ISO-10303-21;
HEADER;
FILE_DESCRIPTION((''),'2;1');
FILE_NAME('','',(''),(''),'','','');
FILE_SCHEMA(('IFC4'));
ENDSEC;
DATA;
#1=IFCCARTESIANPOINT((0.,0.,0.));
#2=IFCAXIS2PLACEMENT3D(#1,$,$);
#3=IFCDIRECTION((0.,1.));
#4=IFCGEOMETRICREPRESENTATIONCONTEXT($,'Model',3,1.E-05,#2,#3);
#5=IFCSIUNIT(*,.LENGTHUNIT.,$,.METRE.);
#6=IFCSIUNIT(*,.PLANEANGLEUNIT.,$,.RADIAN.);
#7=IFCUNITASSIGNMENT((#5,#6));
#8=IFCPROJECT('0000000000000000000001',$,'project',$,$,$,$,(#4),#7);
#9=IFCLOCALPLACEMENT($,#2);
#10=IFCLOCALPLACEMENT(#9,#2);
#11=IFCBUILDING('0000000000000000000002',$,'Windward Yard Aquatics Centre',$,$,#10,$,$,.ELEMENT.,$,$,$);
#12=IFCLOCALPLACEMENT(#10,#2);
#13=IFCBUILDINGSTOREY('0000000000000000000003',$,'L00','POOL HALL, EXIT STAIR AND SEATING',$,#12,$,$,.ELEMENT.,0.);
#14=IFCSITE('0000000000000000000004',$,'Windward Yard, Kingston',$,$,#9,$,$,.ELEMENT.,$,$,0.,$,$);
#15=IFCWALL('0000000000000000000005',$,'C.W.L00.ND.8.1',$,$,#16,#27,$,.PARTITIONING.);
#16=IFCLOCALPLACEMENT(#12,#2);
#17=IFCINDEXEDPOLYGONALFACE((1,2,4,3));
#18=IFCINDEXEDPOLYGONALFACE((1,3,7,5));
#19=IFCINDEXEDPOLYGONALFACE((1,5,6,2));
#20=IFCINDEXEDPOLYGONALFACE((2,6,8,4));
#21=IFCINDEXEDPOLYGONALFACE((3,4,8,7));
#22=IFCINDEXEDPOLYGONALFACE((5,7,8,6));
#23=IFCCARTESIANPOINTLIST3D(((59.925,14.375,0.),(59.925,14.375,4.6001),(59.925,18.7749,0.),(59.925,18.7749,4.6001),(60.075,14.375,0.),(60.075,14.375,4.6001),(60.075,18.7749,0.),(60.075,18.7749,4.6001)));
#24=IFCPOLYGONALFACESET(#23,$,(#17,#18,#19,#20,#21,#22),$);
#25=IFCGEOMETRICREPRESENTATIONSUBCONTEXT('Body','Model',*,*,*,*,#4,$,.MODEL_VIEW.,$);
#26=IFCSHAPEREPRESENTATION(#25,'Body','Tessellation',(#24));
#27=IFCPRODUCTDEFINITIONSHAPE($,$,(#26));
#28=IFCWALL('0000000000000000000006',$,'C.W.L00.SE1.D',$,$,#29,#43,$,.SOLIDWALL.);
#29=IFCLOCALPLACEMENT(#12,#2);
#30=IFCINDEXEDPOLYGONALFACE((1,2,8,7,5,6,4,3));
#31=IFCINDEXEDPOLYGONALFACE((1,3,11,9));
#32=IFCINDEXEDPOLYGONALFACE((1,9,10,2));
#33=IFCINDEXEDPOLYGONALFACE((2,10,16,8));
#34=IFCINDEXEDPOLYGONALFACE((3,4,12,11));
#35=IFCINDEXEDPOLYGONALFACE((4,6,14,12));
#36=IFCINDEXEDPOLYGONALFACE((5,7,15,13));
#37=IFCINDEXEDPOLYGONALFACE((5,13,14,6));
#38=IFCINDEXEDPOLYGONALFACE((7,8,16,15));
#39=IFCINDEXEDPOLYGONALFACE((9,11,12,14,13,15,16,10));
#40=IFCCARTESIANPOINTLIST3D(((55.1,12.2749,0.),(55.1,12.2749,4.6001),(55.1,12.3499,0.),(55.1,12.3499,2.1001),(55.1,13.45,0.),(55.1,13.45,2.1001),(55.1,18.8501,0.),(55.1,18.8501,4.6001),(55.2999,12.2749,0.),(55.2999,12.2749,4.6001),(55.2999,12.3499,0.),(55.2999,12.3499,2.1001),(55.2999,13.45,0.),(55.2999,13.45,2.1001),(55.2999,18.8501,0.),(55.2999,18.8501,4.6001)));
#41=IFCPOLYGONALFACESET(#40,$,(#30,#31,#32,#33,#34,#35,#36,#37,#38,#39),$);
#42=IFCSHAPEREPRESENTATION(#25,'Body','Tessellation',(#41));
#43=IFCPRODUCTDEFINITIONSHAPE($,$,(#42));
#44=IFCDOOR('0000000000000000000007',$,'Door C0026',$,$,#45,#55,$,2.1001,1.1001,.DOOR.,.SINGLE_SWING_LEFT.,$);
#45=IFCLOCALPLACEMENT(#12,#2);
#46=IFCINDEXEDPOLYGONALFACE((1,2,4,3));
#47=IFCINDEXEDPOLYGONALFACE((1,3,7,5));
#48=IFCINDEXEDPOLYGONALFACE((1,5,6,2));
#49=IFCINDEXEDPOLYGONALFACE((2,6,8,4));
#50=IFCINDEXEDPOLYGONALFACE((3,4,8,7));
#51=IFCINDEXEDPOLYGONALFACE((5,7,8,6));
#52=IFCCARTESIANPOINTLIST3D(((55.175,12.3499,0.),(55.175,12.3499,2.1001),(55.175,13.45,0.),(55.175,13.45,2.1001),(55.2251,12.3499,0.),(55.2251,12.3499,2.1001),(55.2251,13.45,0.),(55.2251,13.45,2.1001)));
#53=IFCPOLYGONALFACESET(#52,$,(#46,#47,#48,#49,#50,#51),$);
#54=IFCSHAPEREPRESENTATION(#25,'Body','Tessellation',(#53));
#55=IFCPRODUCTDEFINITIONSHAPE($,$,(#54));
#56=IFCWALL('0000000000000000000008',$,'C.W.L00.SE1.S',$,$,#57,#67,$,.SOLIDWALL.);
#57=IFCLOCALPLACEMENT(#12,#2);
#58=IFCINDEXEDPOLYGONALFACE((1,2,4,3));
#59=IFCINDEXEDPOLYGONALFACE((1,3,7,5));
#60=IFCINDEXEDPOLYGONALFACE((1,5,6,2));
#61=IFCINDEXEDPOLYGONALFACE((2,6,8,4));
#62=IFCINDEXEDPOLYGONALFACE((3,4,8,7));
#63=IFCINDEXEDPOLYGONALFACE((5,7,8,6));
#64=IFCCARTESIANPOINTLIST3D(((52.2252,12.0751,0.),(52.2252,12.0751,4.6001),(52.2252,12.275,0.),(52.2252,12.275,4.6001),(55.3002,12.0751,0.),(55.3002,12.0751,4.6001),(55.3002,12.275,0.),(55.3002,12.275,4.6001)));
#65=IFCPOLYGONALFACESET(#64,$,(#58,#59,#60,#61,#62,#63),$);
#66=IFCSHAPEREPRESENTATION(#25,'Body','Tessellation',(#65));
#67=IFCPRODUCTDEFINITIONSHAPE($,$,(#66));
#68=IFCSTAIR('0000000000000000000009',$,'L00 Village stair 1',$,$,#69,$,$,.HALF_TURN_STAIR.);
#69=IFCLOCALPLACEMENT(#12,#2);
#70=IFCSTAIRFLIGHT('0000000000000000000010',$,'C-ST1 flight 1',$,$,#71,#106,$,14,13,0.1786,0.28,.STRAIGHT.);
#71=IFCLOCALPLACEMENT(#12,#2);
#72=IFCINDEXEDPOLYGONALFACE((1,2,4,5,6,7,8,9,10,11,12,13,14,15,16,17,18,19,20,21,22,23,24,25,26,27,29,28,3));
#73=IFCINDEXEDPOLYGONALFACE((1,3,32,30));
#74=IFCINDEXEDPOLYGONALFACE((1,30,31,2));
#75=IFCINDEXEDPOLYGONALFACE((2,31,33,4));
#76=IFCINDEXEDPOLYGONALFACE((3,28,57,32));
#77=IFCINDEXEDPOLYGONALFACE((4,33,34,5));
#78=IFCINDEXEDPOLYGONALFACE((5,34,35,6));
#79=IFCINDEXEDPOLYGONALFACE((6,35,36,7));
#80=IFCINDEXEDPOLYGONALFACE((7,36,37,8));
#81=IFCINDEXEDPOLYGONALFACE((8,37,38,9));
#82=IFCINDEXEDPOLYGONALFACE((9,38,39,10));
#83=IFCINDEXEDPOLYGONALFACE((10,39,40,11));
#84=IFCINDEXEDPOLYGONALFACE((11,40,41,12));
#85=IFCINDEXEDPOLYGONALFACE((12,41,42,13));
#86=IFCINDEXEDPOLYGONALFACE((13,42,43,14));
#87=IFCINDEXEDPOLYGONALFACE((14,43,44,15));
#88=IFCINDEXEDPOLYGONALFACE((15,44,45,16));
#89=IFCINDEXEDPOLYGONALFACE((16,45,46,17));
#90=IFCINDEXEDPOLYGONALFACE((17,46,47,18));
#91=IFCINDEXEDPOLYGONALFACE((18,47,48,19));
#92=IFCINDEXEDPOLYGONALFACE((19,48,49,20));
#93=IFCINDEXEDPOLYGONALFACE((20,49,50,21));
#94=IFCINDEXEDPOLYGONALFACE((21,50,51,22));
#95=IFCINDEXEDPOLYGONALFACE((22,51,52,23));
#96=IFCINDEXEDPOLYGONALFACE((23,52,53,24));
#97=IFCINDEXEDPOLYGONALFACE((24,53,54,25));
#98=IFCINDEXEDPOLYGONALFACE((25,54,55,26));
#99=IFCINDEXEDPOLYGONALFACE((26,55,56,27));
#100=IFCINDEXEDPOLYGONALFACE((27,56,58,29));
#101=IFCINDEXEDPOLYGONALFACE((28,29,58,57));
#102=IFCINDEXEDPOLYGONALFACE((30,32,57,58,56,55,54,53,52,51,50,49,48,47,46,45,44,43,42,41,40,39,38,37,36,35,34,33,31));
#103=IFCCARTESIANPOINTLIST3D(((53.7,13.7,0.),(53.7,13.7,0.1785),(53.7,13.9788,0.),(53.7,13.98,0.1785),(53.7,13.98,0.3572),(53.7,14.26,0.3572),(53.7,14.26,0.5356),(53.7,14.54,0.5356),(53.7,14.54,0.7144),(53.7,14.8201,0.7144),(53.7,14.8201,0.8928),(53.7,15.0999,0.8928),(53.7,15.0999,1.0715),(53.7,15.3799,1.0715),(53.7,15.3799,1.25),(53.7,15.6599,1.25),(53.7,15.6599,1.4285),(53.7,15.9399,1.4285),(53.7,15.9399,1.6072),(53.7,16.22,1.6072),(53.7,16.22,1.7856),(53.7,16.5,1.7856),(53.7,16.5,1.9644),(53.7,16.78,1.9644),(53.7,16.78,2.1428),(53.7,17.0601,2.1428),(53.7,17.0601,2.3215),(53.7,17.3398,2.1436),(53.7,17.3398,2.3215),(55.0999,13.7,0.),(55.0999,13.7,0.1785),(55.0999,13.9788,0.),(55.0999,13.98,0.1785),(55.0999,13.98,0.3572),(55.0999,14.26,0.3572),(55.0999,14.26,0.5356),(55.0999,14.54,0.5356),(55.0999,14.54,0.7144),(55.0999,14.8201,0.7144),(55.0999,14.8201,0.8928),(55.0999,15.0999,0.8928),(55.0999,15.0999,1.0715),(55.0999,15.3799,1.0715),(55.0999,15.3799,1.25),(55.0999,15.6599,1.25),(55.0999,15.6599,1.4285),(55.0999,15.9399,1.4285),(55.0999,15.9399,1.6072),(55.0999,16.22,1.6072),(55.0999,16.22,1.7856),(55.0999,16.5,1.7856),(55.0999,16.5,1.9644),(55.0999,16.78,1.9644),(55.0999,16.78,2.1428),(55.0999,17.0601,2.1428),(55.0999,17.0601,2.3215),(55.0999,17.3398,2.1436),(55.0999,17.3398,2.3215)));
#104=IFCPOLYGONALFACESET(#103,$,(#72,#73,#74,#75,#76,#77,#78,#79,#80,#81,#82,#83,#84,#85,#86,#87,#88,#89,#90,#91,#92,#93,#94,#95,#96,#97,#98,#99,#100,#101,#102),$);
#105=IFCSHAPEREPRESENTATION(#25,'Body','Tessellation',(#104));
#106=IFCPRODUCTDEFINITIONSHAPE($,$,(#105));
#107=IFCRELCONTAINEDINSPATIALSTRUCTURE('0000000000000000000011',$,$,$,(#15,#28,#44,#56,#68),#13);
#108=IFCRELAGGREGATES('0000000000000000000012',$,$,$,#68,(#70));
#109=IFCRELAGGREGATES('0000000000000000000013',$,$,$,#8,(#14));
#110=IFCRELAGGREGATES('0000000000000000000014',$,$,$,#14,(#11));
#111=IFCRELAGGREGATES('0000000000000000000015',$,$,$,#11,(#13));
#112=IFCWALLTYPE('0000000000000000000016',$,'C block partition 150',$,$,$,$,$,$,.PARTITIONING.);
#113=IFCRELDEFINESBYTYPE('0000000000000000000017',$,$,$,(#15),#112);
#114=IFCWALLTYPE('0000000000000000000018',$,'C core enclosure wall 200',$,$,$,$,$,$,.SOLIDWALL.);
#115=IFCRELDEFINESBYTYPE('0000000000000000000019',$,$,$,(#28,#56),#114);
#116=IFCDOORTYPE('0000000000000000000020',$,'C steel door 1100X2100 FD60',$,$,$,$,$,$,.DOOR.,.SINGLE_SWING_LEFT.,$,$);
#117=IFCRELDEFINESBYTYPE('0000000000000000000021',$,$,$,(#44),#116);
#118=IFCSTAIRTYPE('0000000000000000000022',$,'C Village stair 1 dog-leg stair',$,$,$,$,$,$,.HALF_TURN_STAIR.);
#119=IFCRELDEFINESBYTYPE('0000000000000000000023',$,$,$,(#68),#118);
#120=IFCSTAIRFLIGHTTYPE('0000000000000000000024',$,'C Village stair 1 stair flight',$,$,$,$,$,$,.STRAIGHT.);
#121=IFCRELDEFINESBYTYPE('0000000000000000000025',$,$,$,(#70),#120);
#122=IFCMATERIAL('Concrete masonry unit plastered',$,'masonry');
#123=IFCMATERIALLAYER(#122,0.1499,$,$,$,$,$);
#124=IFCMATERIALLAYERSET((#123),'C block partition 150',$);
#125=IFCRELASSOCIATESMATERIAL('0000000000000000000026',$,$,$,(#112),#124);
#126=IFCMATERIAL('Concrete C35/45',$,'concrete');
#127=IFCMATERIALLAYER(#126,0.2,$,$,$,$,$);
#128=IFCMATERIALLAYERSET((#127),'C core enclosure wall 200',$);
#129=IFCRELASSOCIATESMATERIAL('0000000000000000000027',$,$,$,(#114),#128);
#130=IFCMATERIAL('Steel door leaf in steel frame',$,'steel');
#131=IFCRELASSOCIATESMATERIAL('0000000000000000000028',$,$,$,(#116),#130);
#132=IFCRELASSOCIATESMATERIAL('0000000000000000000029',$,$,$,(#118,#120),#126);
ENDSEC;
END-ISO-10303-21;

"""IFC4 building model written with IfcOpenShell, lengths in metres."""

from ifc_helpers import new_model, si_unit, direction, frame, frame_2d, origin, place, context, subcontext, project, spatial, polyline, rectangle, outline, extrude, material, layer, layer_set, type_object, element, fill, aggregate, save


model = new_model("IFC4")

# Units and contexts
model_context = context("Model", 3, precision=1e-05, world=origin(), true_north=direction((0.0, 1.0)))
body_context = subcontext(model_context, "Body", "Model", "MODEL_VIEW")
ifc_project = project(units=[si_unit("LENGTHUNIT", "METRE"), si_unit("PLANEANGLEUNIT", "RADIAN")], contexts=[model_context])

# Site, building, storey
site_placement = place(None, origin())
site = spatial("IfcSite", under=ifc_project, at=site_placement, Name="Windward Yard, Kingston", CompositionType="ELEMENT", RefElevation=0.0)
building_placement = place(site_placement, origin())
building = spatial("IfcBuilding", under=site, at=building_placement, Name="Windward Yard Aquatics Centre", CompositionType="ELEMENT")
storey_placement = place(building_placement, origin())
storey = spatial("IfcBuildingStorey", under=building, at=storey_placement, Name="L00", Description="POOL HALL, EXIT STAIR AND SEATING", CompositionType="ELEMENT", Elevation=0.0)

# Shared definitions
ifc_material_1 = material(Name="Concrete C35/45", Category="concrete")

# Shared definitions
ifc_material_2 = material(Name="Concrete masonry unit plastered", Category="masonry")
ifc_layer_1 = layer(ifc_material_2, 0.1499)
ifc_layer_set_1 = layer_set([ifc_layer_1], Name="C block partition 150")
wall_type_1 = type_object("IfcWallType", Name="C block partition 150", PredefinedType="PARTITIONING", material=ifc_layer_set_1)

# Wall
wall_1_placement = place(storey_placement, frame((60.0, 14.375, 0.0), z_axis=(0.0, 0.0, 1.0), x_axis=(0.0, 1.0, 0.0)))
element("IfcWall", 1, at=wall_1_placement, inside=storey, type_object=wall_type_1, Name="C.W.L00.ND.8.1", PredefinedType="PARTITIONING", context=body_context, shape_type="SweptSolid", body=[
    extrude(rectangle(XDim=4.3999, YDim=0.1499, at=frame_2d((2.2, 0.0))), origin(), (0.0, 0.0, 1.0), 4.6001),
])

# Wall, opening, door
ifc_layer_2 = layer(ifc_material_1, 0.2)
ifc_layer_set_2 = layer_set([ifc_layer_2], Name="C core enclosure wall 200")
wall_type_2 = type_object("IfcWallType", Name="C core enclosure wall 200", PredefinedType="SOLIDWALL", material=ifc_layer_set_2)
wall_2_placement = place(storey_placement, frame((55.2, 12.2749, 0.0), z_axis=(0.0, 0.0, 1.0), x_axis=(0.0, 1.0, 0.0)))
wall_2 = element("IfcWall", 2, at=wall_2_placement, inside=storey, type_object=wall_type_2, Name="C.W.L00.SE1.D", PredefinedType="SOLIDWALL", context=body_context, shape_type="SweptSolid", body=[
    extrude(rectangle(XDim=6.5752, YDim=0.2, at=frame_2d((3.2876, 0.0))), origin(), (0.0, 0.0, 1.0), 4.6001),
])
opening_1_placement = place(wall_2_placement, frame((0.075, 0.0, 0.0)))
opening_1 = element("IfcOpeningElement", 3, at=opening_1_placement, cuts=wall_2, PredefinedType="OPENING", context=body_context, shape_type="SweptSolid", body=[
    extrude(rectangle(XDim=1.1001, YDim=2.1001, at=frame_2d((0.55, 1.05))), frame((0.0, 0.1099, 0.0), z_axis=(0.0, -1.0, 0.0), x_axis=(1.0, 0.0, 0.0)), (0.0, 0.0, 1.0), 0.22),
])
ifc_material_3 = material(Name="Steel door leaf in steel frame", Category="steel")
door_type_1 = type_object("IfcDoorType", Name="C steel door 1100X2100 FD60", OperationType="SINGLE_SWING_LEFT", PredefinedType="DOOR", material=ifc_material_3)
door_1_placement = place(opening_1_placement, origin())
door_1 = element("IfcDoor", 4, at=door_1_placement, inside=storey, type_object=door_type_1, Name="Door C0026", OperationType="SINGLE_SWING_LEFT", OverallHeight=2.1001, OverallWidth=1.1001, PredefinedType="DOOR", context=body_context, shape_type="SweptSolid", body=[
    extrude(rectangle(XDim=1.1001, YDim=2.1001, at=frame_2d((0.55, 1.05))), frame((0.0, 0.0249, 0.0), z_axis=(0.0, -1.0, 0.0), x_axis=(1.0, 0.0, 0.0)), (0.0, 0.0, 1.0), 0.05),
])
fill(opening_1, door_1)

# Wall
wall_3_placement = place(storey_placement, frame((52.2251, 12.175, 0.0), z_axis=(0.0, 0.0, 1.0), x_axis=(1.0, 0.0, 0.0)))
element("IfcWall", 5, at=wall_3_placement, inside=storey, type_object=wall_type_2, Name="C.W.L00.SE1.S", PredefinedType="SOLIDWALL", context=body_context, shape_type="SweptSolid", body=[
    extrude(rectangle(XDim=3.075, YDim=0.2, at=frame_2d((1.5376, 0.0))), origin(), (0.0, 0.0, 1.0), 4.6001),
])

# Stair, stair flight
stair_type = type_object("IfcStairType", Name="C Village stair 1 dog-leg stair", PredefinedType="HALF_TURN_STAIR", material=ifc_material_1)
stair_placement = place(storey_placement, origin())
stair = element("IfcStair", 6, at=stair_placement, inside=storey, type_object=stair_type, Name="L00 Village stair 1", PredefinedType="HALF_TURN_STAIR")
stair_flight_type = type_object("IfcStairFlightType", Name="C Village stair 1 stair flight", PredefinedType="STRAIGHT", material=ifc_material_1)
stair_flight_placement = place(storey_placement, frame((54.3999, 13.7, 0.0), z_axis=(0.0, 0.0, 1.0), x_axis=(0.0, 1.0, 0.0)))
stair_flight = element("IfcStairFlight", 7, at=stair_flight_placement, type_object=stair_flight_type, Name="C-ST1 flight 1", NumberOfRisers=14, NumberOfTreads=13, PredefinedType="STRAIGHT", RiserHeight=0.1786, TreadLength=0.28, context=body_context, shape_type="SweptSolid", body=[
    extrude(outline(polyline([(0.0, 0.0), (0.0, 0.1785), (0.28, 0.1785), (0.28, 0.3572), (0.5601, 0.3572), (0.5601, 0.5356), (0.8401, 0.5356), (0.8401, 0.7144), (1.1201, 0.7144), (1.1201, 0.8928), (1.3999, 0.8928), (1.3999, 1.0715), (1.6799, 1.0715), (1.6799, 1.25), (1.96, 1.25), (1.96, 1.4285), (2.24, 1.4285), (2.24, 1.6072), (2.52, 1.6072), (2.52, 1.7856), (2.8, 1.7856), (2.8, 1.9644), (3.0801, 1.9644), (3.0801, 2.1428), (3.3601, 2.1428), (3.3601, 2.3215), (3.6399, 2.3215), (3.6399, 2.5), (3.6399, 2.1436), (0.2788, 0.0), (0.0, 0.0)])), frame((0.0, 0.7, 0.0), z_axis=(0.0, -1.0, 0.0), x_axis=(1.0, 0.0, 0.0)), (0.0, 0.0, 1.0), 1.3999),
])
aggregate(stair, [stair_flight])

save(model, "model.ifc")
